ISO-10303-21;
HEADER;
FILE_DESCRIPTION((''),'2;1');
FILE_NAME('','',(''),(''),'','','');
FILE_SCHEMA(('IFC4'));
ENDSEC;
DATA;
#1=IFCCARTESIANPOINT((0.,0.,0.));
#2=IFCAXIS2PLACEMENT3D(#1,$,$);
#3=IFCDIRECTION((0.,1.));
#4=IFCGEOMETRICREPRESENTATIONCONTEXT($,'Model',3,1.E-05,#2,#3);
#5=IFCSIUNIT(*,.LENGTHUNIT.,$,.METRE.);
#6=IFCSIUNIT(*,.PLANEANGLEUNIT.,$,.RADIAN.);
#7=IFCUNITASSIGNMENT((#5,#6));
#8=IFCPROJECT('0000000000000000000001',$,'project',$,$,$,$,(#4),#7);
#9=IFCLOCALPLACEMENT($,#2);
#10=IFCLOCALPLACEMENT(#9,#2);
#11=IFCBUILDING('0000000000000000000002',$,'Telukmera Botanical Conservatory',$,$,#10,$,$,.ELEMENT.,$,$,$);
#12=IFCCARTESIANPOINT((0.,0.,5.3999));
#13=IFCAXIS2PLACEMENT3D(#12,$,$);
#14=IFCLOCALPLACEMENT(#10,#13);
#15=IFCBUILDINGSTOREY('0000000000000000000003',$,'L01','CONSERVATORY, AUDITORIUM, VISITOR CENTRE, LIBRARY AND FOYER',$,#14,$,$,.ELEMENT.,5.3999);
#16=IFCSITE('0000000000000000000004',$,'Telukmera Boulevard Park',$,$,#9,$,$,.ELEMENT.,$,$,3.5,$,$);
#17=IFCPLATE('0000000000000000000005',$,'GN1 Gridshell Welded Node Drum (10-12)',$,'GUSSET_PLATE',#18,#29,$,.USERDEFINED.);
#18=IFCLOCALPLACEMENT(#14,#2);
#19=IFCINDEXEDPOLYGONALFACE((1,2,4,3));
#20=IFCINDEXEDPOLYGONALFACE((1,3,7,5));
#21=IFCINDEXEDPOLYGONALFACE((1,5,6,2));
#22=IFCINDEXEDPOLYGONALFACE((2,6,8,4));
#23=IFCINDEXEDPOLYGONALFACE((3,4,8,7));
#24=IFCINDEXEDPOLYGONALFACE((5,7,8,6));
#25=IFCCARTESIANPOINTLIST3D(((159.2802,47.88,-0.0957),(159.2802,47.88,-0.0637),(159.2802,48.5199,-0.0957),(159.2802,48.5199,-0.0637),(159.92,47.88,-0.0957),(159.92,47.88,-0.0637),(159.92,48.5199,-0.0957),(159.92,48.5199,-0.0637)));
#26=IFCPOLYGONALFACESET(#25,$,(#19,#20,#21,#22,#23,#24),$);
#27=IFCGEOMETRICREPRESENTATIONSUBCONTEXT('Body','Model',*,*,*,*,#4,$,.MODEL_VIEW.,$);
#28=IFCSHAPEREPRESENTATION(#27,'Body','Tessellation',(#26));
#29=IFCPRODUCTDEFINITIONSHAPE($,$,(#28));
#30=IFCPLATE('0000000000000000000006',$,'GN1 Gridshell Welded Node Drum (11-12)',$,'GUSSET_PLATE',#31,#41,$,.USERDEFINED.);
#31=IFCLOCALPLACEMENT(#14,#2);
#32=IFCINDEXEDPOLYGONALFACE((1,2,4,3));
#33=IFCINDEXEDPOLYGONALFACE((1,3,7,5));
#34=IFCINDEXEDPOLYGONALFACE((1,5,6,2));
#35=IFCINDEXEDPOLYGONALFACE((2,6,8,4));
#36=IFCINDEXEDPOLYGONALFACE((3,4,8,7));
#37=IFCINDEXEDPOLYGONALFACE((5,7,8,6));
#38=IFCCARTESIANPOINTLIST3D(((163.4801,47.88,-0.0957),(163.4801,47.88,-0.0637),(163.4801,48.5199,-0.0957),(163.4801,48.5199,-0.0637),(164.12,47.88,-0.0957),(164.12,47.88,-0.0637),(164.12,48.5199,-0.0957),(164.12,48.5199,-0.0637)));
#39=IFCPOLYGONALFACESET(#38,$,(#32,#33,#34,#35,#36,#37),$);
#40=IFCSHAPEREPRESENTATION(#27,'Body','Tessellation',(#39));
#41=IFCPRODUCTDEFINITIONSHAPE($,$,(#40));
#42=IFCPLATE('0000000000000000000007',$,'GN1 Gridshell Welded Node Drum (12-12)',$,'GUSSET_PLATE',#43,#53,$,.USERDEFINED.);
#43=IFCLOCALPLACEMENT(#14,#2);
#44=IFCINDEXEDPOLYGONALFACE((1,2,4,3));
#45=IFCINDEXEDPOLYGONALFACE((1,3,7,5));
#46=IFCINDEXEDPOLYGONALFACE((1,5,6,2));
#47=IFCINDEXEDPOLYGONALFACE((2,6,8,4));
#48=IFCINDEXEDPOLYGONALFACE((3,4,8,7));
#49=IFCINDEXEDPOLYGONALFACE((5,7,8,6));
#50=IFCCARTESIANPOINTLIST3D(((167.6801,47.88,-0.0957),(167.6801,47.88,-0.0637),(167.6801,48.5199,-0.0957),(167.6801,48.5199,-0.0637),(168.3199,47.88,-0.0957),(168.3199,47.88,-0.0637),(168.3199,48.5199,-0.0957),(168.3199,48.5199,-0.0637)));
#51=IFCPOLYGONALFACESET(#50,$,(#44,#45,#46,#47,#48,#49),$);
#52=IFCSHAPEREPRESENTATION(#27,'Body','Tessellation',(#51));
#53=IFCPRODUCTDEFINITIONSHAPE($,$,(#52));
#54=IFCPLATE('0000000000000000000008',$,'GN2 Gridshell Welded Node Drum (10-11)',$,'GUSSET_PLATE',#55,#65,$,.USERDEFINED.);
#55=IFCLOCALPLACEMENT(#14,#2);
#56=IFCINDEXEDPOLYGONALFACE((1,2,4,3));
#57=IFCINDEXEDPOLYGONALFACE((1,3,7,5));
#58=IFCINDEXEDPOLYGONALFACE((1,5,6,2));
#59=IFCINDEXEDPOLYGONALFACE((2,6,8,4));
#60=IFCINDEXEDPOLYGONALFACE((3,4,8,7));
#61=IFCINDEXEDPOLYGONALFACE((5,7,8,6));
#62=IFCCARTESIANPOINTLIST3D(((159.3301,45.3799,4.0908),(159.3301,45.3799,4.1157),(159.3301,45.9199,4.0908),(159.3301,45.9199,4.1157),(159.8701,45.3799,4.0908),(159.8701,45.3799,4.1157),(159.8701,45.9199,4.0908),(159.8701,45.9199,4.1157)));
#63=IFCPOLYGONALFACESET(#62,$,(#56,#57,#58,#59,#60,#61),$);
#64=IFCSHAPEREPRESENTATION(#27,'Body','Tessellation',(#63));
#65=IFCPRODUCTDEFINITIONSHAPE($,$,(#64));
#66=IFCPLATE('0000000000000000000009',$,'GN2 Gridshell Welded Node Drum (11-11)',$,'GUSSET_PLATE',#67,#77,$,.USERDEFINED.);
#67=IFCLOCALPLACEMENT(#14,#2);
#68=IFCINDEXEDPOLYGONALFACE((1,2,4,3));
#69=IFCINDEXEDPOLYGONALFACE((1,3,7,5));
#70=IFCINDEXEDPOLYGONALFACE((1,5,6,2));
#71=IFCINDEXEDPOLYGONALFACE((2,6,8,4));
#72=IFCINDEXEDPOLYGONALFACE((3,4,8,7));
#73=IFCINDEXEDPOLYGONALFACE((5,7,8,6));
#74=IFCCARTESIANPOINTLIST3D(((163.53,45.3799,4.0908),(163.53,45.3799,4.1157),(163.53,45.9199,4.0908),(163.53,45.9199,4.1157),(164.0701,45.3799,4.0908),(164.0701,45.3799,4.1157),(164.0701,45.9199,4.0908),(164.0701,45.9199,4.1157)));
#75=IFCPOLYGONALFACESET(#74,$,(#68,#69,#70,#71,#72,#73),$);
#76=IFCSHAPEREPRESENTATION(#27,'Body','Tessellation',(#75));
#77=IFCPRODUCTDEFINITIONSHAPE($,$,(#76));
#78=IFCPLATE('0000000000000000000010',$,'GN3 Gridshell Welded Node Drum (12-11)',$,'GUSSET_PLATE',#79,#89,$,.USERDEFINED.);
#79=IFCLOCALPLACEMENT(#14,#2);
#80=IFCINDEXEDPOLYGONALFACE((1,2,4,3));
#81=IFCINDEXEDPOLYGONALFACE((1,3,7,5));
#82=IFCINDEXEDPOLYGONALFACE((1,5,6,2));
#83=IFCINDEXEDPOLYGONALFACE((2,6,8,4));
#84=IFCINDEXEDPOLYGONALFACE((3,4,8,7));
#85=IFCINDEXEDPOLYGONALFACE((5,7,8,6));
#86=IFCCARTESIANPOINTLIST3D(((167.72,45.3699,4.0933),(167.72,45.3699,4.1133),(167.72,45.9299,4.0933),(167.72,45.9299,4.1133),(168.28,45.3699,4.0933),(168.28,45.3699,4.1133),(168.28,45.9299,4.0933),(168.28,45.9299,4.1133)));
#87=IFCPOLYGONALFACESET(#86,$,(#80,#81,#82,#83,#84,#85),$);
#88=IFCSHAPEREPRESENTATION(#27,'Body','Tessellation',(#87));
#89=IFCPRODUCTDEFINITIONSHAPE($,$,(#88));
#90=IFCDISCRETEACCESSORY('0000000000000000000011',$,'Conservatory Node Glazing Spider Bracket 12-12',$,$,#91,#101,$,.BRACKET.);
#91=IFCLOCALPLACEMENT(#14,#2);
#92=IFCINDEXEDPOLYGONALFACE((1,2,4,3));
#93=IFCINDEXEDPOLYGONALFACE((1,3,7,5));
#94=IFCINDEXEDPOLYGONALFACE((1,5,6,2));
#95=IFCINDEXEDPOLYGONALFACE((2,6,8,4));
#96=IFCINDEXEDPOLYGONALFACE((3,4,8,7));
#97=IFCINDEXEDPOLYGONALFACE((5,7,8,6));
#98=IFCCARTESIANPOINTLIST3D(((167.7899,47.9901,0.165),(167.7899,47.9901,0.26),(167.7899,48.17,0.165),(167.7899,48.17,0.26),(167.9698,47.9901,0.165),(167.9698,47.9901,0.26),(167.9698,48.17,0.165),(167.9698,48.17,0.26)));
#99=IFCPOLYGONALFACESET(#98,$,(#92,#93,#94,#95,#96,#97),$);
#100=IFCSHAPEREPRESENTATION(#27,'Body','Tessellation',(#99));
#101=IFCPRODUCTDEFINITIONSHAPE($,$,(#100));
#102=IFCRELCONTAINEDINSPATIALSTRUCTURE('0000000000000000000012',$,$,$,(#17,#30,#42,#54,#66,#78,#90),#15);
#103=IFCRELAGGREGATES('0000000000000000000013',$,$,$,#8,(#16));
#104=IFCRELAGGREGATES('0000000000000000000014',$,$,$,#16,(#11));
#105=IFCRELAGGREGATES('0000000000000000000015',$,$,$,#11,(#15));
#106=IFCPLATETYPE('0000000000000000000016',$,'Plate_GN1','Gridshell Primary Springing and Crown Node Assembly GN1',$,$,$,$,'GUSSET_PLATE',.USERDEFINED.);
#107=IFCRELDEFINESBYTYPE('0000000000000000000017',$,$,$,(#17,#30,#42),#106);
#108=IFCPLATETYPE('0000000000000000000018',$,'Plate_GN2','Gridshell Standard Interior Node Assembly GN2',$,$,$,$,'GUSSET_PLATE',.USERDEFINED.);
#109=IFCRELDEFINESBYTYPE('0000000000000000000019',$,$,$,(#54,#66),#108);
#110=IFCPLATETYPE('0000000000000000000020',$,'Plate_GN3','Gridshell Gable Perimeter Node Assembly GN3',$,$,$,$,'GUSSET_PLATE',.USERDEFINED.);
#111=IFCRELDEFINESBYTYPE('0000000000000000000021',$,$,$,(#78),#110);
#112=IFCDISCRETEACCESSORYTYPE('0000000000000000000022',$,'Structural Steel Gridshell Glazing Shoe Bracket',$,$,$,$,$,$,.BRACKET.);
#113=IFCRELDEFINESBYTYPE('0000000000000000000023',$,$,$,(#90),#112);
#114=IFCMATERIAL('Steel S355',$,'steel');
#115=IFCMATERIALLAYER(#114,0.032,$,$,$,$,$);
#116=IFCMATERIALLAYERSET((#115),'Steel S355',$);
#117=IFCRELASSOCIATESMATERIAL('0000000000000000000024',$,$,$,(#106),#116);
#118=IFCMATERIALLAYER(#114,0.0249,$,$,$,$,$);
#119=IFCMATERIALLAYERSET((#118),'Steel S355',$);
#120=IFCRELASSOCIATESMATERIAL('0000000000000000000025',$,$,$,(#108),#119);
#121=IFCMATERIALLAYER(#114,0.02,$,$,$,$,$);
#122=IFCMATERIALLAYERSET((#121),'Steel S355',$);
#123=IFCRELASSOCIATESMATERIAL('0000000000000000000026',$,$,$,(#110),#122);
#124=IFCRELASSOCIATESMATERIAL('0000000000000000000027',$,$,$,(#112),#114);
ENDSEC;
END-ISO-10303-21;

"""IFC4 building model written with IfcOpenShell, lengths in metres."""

from ifc_helpers import new_model, si_unit, direction, frame, origin, origin_2d, place, context, subcontext, project, spatial, rectangle, extrude, material, layer, layer_set, type_object, element, save


model = new_model("IFC4")

# Units and contexts
model_context = context("Model", 3, precision=1e-05, world=origin(), true_north=direction((0.0, 1.0)))
body_context = subcontext(model_context, "Body", "Model", "MODEL_VIEW")
ifc_project = project(units=[si_unit("LENGTHUNIT", "METRE"), si_unit("PLANEANGLEUNIT", "RADIAN")], contexts=[model_context])

# Site, building, storey
site_placement = place(None, origin())
site = spatial("IfcSite", under=ifc_project, at=site_placement, Name="Telukmera Boulevard Park", CompositionType="ELEMENT", RefElevation=3.5)
building_placement = place(site_placement, origin())
building = spatial("IfcBuilding", under=site, at=building_placement, Name="Telukmera Botanical Conservatory", CompositionType="ELEMENT")
storey_placement = place(building_placement, frame((0.0, 0.0, 5.3999)))
storey = spatial("IfcBuildingStorey", under=building, at=storey_placement, Name="L01", Description="CONSERVATORY, AUDITORIUM, VISITOR CENTRE, LIBRARY AND FOYER", CompositionType="ELEMENT", Elevation=5.3999)

# Shared definitions
ifc_material_1 = material(Name="Steel S355", Category="steel")

# Plates
ifc_layer_1 = layer(ifc_material_1, 0.032)
ifc_layer_set_1 = layer_set([ifc_layer_1], Name="Steel S355")
plate_type_1 = type_object("IfcPlateType", Name="Plate_GN1", Description="Gridshell Primary Springing and Crown Node Assembly GN1", ElementType="GUSSET_PLATE", PredefinedType="USERDEFINED", material=ifc_layer_set_1)
for number, where, z_axis, x_axis, name in (
    (1, (159.6001, 48.2, -0.0957), (0.0, 0.0, 1.0), (1.0, 0.0, 0.0), "GN1 Gridshell Welded Node Drum (10-12)"),
    (2, (163.8, 48.2, -0.0957), (0.0, 0.0, 1.0), (1.0, 0.0, 0.0), "GN1 Gridshell Welded Node Drum (11-12)"),
    (3, (168.0, 48.2, -0.0957), (0.0, 0.0, 1.0), (1.0, 0.0, 0.0), "GN1 Gridshell Welded Node Drum (12-12)"),
):
    element("IfcPlate", number, at=place(storey_placement, frame(where, z_axis=z_axis, x_axis=x_axis)), inside=storey, type_object=plate_type_1, Name=name, ObjectType="GUSSET_PLATE", PredefinedType="USERDEFINED", context=body_context, shape_type="SweptSolid", body=[
        extrude(rectangle(XDim=0.6399, YDim=0.6399, at=origin_2d()), origin(), (0.0, 0.0, 1.0), 0.032),
    ])
ifc_layer_2 = layer(ifc_material_1, 0.0249)
ifc_layer_set_2 = layer_set([ifc_layer_2], Name="Steel S355")
plate_type_2 = type_object("IfcPlateType", Name="Plate_GN2", Description="Gridshell Standard Interior Node Assembly GN2", ElementType="GUSSET_PLATE", PredefinedType="USERDEFINED", material=ifc_layer_set_2)
for number, where, z_axis, x_axis, name in (
    (4, (159.6001, 45.6499, 4.0908), (0.0, 0.0, 1.0), (1.0, 0.0, 0.0), "GN2 Gridshell Welded Node Drum (10-11)"),
    (5, (163.8, 45.6499, 4.0908), (0.0, 0.0, 1.0), (1.0, 0.0, 0.0), "GN2 Gridshell Welded Node Drum (11-11)"),
):
    element("IfcPlate", number, at=place(storey_placement, frame(where, z_axis=z_axis, x_axis=x_axis)), inside=storey, type_object=plate_type_2, Name=name, ObjectType="GUSSET_PLATE", PredefinedType="USERDEFINED", context=body_context, shape_type="SweptSolid", body=[
        extrude(rectangle(XDim=0.54, YDim=0.54, at=origin_2d()), origin(), (0.0, 0.0, 1.0), 0.0249),
    ])
ifc_layer_3 = layer(ifc_material_1, 0.02)
ifc_layer_set_3 = layer_set([ifc_layer_3], Name="Steel S355")
plate_type_3 = type_object("IfcPlateType", Name="Plate_GN3", Description="Gridshell Gable Perimeter Node Assembly GN3", ElementType="GUSSET_PLATE", PredefinedType="USERDEFINED", material=ifc_layer_set_3)
plate_placement = place(storey_placement, frame((168.0, 45.6499, 4.0933), z_axis=(0.0, 0.0, 1.0), x_axis=(1.0, 0.0, 0.0)))
element("IfcPlate", 6, at=plate_placement, inside=storey, type_object=plate_type_3, Name="GN3 Gridshell Welded Node Drum (12-11)", ObjectType="GUSSET_PLATE", PredefinedType="USERDEFINED", context=body_context, shape_type="SweptSolid", body=[
    extrude(rectangle(XDim=0.5601, YDim=0.5601, at=origin_2d()), origin(), (0.0, 0.0, 1.0), 0.02),
])

# Discrete accessory
discrete_accessory_type = type_object("IfcDiscreteAccessoryType", Name="Structural Steel Gridshell Glazing Shoe Bracket", PredefinedType="BRACKET", material=ifc_material_1)
discrete_accessory_placement = place(storey_placement, frame((167.8799, 48.0801, 0.165), z_axis=(0.0, 0.0, 1.0), x_axis=(1.0, 0.0, 0.0)))
element("IfcDiscreteAccessory", 7, at=discrete_accessory_placement, inside=storey, type_object=discrete_accessory_type, Name="Conservatory Node Glazing Spider Bracket 12-12", PredefinedType="BRACKET", context=body_context, shape_type="SweptSolid", body=[
    extrude(rectangle(XDim=0.1799, YDim=0.1799, at=origin_2d()), origin(), (0.0, 0.0, 1.0), 0.095),
])

save(model, "model.ifc")
